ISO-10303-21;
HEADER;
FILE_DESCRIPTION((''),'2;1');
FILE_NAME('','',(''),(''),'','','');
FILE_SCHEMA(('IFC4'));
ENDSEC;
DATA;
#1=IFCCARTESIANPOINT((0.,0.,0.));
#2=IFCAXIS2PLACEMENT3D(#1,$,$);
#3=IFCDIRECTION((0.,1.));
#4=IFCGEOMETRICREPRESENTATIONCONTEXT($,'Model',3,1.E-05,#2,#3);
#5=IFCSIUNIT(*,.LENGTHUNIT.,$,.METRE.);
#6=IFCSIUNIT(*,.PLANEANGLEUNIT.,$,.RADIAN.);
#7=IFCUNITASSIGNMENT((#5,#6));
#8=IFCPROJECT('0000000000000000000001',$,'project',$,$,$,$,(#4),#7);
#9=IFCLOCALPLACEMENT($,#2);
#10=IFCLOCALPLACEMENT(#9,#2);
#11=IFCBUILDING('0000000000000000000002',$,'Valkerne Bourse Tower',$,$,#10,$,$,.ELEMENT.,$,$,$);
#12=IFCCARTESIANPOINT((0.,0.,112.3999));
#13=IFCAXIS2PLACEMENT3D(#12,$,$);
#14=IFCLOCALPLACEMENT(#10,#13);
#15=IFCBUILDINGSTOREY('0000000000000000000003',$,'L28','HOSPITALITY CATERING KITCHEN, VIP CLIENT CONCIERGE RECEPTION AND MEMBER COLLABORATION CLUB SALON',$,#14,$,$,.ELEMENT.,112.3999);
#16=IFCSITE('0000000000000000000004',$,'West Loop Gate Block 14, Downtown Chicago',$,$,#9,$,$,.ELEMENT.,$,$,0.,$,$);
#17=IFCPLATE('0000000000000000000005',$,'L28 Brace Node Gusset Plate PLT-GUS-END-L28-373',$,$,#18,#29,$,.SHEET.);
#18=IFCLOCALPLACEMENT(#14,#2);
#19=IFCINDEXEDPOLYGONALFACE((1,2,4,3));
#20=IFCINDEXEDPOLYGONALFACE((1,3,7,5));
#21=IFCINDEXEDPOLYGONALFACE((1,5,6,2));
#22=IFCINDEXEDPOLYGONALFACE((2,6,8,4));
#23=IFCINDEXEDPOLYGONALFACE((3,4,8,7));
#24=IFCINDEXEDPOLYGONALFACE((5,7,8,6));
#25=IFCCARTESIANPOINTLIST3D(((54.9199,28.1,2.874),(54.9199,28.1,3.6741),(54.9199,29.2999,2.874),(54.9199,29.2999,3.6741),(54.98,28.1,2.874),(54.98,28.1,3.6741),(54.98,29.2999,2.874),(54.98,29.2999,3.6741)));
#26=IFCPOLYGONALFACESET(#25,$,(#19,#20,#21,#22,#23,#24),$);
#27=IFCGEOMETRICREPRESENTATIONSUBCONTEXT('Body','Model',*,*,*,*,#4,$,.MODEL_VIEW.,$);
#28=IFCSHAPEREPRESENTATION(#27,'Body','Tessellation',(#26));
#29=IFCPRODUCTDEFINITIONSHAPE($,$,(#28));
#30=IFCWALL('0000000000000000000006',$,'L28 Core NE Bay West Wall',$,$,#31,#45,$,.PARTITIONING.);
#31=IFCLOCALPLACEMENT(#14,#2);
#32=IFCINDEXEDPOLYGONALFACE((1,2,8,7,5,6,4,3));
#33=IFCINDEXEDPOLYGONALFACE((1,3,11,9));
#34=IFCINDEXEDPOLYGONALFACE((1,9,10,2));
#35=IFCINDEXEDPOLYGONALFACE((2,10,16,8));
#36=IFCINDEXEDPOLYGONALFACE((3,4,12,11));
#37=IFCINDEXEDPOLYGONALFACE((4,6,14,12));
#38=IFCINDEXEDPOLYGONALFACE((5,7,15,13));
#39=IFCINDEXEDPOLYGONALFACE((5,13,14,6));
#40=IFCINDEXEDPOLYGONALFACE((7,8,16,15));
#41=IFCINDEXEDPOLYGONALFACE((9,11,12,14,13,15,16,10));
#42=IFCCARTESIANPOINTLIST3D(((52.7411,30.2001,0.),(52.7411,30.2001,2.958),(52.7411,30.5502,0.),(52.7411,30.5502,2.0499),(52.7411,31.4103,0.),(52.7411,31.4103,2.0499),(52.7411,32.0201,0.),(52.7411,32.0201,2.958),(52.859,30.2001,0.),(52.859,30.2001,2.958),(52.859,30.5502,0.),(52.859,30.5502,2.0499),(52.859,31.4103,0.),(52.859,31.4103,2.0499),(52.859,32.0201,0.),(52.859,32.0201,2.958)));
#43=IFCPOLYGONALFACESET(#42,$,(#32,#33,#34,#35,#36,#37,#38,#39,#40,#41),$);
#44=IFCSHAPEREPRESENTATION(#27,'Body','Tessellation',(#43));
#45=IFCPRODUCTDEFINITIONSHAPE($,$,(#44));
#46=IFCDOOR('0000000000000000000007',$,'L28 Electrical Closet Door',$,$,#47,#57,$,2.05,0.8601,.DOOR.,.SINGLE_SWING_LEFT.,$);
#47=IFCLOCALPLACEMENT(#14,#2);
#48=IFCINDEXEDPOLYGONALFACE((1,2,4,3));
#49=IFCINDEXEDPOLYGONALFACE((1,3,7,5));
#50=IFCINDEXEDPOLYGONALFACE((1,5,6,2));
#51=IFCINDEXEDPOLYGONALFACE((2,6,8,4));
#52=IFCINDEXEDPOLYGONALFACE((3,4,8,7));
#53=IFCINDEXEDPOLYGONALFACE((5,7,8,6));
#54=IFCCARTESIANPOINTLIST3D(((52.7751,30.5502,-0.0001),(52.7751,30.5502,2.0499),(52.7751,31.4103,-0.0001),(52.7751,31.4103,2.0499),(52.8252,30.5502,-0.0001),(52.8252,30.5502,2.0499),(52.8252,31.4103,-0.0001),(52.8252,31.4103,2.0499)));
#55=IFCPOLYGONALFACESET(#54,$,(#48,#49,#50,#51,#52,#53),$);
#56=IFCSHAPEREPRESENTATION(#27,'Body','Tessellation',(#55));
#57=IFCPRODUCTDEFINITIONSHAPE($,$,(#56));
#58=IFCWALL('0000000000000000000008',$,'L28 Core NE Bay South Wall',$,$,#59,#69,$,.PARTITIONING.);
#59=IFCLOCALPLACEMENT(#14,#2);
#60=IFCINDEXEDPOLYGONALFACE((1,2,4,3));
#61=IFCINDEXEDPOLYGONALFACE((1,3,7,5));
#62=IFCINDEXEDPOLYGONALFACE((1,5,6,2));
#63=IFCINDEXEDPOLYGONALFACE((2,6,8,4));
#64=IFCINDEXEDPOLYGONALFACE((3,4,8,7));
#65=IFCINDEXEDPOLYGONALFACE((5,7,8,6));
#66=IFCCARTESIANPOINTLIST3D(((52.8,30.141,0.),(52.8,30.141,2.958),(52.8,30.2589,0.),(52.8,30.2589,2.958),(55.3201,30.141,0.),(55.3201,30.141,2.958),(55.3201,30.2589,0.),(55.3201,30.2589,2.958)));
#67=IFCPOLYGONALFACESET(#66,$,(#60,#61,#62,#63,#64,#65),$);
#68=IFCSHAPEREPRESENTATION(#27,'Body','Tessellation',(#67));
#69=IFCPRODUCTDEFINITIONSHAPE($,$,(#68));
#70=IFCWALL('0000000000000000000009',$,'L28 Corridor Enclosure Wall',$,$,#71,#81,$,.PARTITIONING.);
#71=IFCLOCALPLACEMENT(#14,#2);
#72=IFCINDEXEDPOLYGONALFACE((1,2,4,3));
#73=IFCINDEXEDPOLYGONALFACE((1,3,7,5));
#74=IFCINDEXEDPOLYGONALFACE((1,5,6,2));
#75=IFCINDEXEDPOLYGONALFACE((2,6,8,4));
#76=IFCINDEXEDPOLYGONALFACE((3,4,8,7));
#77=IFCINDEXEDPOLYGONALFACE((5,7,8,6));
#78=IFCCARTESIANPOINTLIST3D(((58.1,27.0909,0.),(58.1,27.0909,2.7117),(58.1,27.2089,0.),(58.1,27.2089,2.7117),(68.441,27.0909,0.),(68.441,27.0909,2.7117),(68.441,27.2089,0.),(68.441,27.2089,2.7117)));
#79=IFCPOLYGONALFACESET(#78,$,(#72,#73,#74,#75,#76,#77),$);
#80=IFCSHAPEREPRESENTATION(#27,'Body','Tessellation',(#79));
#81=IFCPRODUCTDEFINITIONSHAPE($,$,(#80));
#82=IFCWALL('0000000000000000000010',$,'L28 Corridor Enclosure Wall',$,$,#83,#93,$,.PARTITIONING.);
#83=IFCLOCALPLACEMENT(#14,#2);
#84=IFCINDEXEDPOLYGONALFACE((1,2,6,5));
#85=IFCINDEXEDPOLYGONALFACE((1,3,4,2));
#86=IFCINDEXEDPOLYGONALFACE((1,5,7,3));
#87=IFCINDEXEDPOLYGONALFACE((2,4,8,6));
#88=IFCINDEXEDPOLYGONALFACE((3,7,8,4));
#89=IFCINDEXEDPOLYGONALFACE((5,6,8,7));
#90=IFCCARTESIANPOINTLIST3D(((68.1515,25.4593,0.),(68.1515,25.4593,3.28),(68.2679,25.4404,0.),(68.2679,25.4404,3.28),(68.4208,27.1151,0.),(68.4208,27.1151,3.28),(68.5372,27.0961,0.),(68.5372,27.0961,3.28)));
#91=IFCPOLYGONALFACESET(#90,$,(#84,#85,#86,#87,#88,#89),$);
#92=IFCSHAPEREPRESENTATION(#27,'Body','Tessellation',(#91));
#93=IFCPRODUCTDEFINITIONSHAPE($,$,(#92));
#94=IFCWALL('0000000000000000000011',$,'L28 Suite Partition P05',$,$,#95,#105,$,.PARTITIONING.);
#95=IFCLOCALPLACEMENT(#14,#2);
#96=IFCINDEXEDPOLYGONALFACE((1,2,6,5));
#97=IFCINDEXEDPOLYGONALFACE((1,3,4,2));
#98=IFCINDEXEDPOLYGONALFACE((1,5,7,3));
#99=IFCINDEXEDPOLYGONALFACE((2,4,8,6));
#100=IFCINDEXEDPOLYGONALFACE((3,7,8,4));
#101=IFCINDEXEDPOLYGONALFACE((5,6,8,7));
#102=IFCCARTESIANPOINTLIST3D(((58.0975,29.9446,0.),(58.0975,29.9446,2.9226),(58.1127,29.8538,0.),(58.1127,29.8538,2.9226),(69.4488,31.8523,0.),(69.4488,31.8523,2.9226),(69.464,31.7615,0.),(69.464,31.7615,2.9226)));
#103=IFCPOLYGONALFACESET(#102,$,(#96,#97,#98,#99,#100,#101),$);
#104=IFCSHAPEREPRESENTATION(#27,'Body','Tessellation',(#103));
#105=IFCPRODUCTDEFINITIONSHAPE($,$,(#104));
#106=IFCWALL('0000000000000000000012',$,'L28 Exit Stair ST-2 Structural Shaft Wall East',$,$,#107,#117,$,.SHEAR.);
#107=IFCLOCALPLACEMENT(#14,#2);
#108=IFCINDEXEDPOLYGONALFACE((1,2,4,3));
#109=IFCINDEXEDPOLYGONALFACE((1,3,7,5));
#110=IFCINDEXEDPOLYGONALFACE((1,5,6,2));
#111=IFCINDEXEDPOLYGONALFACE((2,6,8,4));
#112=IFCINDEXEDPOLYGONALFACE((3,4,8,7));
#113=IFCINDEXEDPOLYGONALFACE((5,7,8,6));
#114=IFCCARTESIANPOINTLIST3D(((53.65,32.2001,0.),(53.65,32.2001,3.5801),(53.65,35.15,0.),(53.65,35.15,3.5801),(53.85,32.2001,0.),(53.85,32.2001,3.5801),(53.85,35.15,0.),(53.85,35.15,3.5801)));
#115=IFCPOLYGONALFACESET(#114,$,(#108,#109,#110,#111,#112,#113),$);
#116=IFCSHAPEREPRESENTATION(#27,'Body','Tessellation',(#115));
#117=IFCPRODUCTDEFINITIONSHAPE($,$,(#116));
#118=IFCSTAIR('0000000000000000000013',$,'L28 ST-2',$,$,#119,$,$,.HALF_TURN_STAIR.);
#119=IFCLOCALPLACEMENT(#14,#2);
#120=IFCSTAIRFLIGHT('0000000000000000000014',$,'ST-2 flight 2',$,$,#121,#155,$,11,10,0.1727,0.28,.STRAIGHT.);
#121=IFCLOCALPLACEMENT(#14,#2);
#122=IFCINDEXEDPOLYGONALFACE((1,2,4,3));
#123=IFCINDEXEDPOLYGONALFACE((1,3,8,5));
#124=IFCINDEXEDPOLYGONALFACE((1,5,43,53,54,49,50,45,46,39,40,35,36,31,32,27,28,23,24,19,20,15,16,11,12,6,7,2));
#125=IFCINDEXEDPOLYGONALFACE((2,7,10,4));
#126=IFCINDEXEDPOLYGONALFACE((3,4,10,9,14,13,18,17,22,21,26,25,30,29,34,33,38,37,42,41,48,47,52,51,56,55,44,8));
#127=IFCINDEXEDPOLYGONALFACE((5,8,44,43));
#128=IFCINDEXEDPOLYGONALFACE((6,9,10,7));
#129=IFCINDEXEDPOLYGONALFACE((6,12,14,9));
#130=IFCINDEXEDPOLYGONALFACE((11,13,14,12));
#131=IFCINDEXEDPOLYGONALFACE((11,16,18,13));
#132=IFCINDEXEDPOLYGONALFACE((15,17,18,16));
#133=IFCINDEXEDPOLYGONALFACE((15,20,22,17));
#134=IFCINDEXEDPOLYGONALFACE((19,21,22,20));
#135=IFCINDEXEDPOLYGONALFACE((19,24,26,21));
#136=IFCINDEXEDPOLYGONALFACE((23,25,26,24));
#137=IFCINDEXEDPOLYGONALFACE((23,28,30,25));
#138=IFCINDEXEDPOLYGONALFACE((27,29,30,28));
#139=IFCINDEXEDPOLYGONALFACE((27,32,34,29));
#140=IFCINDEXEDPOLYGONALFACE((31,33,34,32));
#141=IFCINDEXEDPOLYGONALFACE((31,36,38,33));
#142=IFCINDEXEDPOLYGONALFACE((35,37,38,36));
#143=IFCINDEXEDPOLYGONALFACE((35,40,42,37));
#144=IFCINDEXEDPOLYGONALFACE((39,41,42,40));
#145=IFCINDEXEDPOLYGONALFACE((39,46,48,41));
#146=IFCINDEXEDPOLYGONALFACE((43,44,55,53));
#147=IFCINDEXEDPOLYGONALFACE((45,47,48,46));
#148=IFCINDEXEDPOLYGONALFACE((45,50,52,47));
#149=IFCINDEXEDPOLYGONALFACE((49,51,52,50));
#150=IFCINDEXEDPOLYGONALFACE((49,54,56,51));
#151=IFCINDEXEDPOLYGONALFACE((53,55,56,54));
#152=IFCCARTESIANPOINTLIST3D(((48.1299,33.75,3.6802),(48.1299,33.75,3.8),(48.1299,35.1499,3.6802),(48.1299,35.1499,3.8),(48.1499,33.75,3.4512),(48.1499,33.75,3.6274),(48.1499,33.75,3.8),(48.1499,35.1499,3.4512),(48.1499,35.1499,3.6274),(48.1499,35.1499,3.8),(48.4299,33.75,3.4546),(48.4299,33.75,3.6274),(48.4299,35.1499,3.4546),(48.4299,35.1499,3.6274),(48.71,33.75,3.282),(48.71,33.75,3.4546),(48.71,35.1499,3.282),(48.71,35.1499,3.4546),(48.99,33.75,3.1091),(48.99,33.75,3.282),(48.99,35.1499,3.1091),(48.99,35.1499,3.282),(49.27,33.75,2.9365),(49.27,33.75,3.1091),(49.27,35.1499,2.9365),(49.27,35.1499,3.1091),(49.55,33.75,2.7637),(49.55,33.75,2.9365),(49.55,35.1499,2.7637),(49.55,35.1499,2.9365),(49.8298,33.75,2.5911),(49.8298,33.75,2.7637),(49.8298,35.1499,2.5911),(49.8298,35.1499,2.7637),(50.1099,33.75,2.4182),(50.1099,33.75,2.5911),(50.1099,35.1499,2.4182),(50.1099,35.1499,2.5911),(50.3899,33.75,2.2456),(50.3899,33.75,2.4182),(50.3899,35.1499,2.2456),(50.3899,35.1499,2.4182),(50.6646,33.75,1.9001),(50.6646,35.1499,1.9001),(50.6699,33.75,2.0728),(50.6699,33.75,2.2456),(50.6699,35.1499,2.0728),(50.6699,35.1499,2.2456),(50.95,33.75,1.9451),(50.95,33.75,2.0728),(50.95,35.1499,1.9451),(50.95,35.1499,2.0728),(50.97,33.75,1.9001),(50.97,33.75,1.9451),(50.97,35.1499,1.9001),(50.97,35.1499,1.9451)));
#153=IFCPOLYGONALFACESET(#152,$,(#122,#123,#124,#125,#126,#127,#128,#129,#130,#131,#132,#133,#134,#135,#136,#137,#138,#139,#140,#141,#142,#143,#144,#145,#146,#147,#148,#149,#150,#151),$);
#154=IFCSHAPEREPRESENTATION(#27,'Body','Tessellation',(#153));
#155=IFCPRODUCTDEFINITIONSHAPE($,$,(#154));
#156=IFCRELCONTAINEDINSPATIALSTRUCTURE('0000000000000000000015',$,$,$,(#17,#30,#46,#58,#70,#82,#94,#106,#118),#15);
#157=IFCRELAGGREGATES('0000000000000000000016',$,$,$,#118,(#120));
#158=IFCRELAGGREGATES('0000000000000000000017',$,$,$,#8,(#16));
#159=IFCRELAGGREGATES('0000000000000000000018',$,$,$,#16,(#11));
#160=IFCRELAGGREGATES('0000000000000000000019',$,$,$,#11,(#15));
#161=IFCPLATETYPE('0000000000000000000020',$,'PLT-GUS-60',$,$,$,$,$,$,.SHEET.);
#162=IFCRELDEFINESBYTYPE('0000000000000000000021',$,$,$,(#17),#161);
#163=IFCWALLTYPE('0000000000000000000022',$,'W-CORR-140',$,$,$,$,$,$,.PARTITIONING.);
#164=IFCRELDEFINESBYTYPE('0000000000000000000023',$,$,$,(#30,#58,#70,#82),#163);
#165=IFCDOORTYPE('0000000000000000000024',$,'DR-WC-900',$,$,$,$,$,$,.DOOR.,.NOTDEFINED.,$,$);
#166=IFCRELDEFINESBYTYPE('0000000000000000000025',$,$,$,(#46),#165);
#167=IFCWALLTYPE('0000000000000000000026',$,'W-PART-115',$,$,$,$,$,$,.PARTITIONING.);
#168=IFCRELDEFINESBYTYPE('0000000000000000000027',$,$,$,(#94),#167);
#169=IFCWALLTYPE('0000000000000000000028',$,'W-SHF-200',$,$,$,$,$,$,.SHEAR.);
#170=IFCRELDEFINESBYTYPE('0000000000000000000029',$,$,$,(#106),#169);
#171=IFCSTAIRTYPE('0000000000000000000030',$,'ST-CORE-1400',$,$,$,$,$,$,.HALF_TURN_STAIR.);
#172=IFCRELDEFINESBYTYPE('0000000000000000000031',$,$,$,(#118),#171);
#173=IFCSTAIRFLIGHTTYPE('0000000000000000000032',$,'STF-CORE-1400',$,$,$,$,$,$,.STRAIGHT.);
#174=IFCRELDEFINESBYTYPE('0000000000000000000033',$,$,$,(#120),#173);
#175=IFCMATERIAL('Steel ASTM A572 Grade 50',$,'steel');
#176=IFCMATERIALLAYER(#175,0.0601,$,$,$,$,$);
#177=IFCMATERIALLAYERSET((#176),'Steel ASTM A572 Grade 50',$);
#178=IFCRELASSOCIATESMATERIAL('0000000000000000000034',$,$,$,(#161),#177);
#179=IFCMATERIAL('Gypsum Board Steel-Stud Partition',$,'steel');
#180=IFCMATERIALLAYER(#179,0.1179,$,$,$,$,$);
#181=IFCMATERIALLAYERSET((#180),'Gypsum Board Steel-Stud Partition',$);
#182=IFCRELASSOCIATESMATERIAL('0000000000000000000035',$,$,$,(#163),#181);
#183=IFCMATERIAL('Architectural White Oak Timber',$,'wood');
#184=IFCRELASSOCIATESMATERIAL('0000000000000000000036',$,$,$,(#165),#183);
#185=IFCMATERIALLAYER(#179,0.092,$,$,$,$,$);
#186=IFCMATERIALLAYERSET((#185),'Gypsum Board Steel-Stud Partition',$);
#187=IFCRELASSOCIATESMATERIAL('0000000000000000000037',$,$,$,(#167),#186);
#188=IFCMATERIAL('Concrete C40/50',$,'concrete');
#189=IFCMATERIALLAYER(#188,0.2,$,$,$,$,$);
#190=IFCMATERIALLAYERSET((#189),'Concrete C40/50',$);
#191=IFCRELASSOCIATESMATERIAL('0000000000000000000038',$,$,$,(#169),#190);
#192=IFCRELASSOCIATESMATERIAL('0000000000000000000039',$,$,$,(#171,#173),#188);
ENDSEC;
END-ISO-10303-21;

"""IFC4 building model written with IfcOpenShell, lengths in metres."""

from ifc_helpers import new_model, si_unit, direction, frame, frame_2d, origin, origin_2d, place, context, subcontext, project, spatial, polyline, rectangle, outline, extrude, material, layer, layer_set, type_object, element, fill, aggregate, save


model = new_model("IFC4")

# Units and contexts
model_context = context("Model", 3, precision=1e-05, world=origin(), true_north=direction((0.0, 1.0)))
body_context = subcontext(model_context, "Body", "Model", "MODEL_VIEW")
ifc_project = project(units=[si_unit("LENGTHUNIT", "METRE"), si_unit("PLANEANGLEUNIT", "RADIAN")], contexts=[model_context])

# Site, building, storey
site_placement = place(None, origin())
site = spatial("IfcSite", under=ifc_project, at=site_placement, Name="West Loop Gate Block 14, Downtown Chicago", CompositionType="ELEMENT", RefElevation=0.0)
building_placement = place(site_placement, origin())
building = spatial("IfcBuilding", under=site, at=building_placement, Name="Valkerne Bourse Tower", CompositionType="ELEMENT")
storey_placement = place(building_placement, frame((0.0, 0.0, 112.3999)))
storey = spatial("IfcBuildingStorey", under=building, at=storey_placement, Name="L28", Description="HOSPITALITY CATERING KITCHEN, VIP CLIENT CONCIERGE RECEPTION AND MEMBER COLLABORATION CLUB SALON", CompositionType="ELEMENT", Elevation=112.3999)

# Plate
ifc_material_1 = material(Name="Steel ASTM A572 Grade 50", Category="steel")
ifc_layer_1 = layer(ifc_material_1, 0.0601)
ifc_layer_set_1 = layer_set([ifc_layer_1], Name="Steel ASTM A572 Grade 50")
plate_type_1 = type_object("IfcPlateType", Name="PLT-GUS-60", PredefinedType="SHEET", material=ifc_layer_set_1)
plate_1_placement = place(storey_placement, frame((54.95, 28.7, 2.874), z_axis=(0.0, 0.0, 1.0), x_axis=(0.0, 1.0, 0.0)))
element("IfcPlate", 1, at=plate_1_placement, inside=storey, type_object=plate_type_1, Name="L28 Brace Node Gusset Plate PLT-GUS-END-L28-373", PredefinedType="SHEET", context=body_context, shape_type="SweptSolid", body=[
    extrude(rectangle(XDim=1.2, YDim=0.0601, at=origin_2d()), origin(), (0.0, 0.0, 1.0), 0.8),
])

# Wall, opening, door
ifc_material_2 = material(Name="Gypsum Board Steel-Stud Partition", Category="steel")
ifc_layer_2 = layer(ifc_material_2, 0.1179)
ifc_layer_set_2 = layer_set([ifc_layer_2], Name="Gypsum Board Steel-Stud Partition")
wall_type_1 = type_object("IfcWallType", Name="W-CORR-140", PredefinedType="PARTITIONING", material=ifc_layer_set_2)
wall_1_placement = place(storey_placement, frame((52.8, 30.2, 0.0), z_axis=(0.0, 0.0, 1.0), x_axis=(0.0, 1.0, 0.0)))
wall_1 = element("IfcWall", 2, at=wall_1_placement, inside=storey, type_object=wall_type_1, Name="L28 Core NE Bay West Wall", PredefinedType="PARTITIONING", context=body_context, shape_type="SweptSolid", body=[
    extrude(rectangle(XDim=1.8201, YDim=0.1179, at=frame_2d((0.9102, 0.0))), origin(), (0.0, 0.0, 1.0), 2.958),
])
opening_placement = place(wall_1_placement, frame((0.3501, 0.0, 0.0)))
opening = element("IfcOpeningElement", 3, at=opening_placement, cuts=wall_1, PredefinedType="OPENING", context=body_context, shape_type="SweptSolid", body=[
    extrude(rectangle(XDim=0.8601, YDim=2.05, at=frame_2d((0.4302, 1.0249))), frame((0.0, 0.0688, 0.0), z_axis=(0.0, -1.0, 0.0), x_axis=(1.0, 0.0, 0.0)), (0.0, 0.0, 1.0), 0.1379),
])
ifc_material_3 = material(Name="Architectural White Oak Timber", Category="wood")
door_type = type_object("IfcDoorType", Name="DR-WC-900", OperationType="NOTDEFINED", PredefinedType="DOOR", material=ifc_material_3)
door_placement = place(opening_placement, origin())
door = element("IfcDoor", 4, at=door_placement, inside=storey, type_object=door_type, Name="L28 Electrical Closet Door", OperationType="SINGLE_SWING_LEFT", OverallHeight=2.05, OverallWidth=0.8601, PredefinedType="DOOR", context=body_context, shape_type="SweptSolid", body=[
    extrude(rectangle(XDim=0.8601, YDim=2.05, at=frame_2d((0.4302, 1.0249))), frame((0.0, 0.0249, 0.0), z_axis=(0.0, -1.0, 0.0), x_axis=(1.0, 0.0, 0.0)), (0.0, 0.0, 1.0), 0.05),
])
fill(opening, door)

# Walls
wall_2_placement = place(storey_placement, frame((52.8, 30.2, 0.0), z_axis=(0.0, 0.0, 1.0), x_axis=(1.0, 0.0, 0.0)))
element("IfcWall", 5, at=wall_2_placement, inside=storey, type_object=wall_type_1, Name="L28 Core NE Bay South Wall", PredefinedType="PARTITIONING", context=body_context, shape_type="SweptSolid", body=[
    extrude(rectangle(XDim=2.52, YDim=0.1179, at=frame_2d((1.26, 0.0))), origin(), (0.0, 0.0, 1.0), 2.958),
])
wall_3_placement = place(storey_placement, frame((58.1001, 27.1499, 0.0), z_axis=(0.0, 0.0, 1.0), x_axis=(1.0, 0.0, 0.0)))
element("IfcWall", 6, at=wall_3_placement, inside=storey, type_object=wall_type_1, Name="L28 Corridor Enclosure Wall", PredefinedType="PARTITIONING", context=body_context, shape_type="SweptSolid", body=[
    extrude(rectangle(XDim=10.3411, YDim=0.1179, at=frame_2d((5.1704, 0.0))), origin(), (0.0, 0.0, 1.0), 2.7117),
])
wall_4_placement = place(storey_placement, frame((68.479, 27.1057, 0.0), z_axis=(0.0, 0.0, 1.0), x_axis=(-0.160527, -0.987031, 0.0)))
element("IfcWall", 7, at=wall_4_placement, inside=storey, type_object=wall_type_1, Name="L28 Corridor Enclosure Wall", PredefinedType="PARTITIONING", context=body_context, shape_type="SweptSolid", body=[
    extrude(rectangle(XDim=1.6775, YDim=0.1179, at=frame_2d((0.8389, 0.0))), origin(), (0.0, 0.0, 1.0), 3.28),
])
ifc_layer_3 = layer(ifc_material_2, 0.092)
ifc_layer_set_3 = layer_set([ifc_layer_3], Name="Gypsum Board Steel-Stud Partition")
wall_type_2 = type_object("IfcWallType", Name="W-PART-115", PredefinedType="PARTITIONING", material=ifc_layer_set_3)
wall_5_placement = place(storey_placement, frame((58.105, 29.8992, 0.0), z_axis=(0.0, 0.0, 1.0), x_axis=(0.98617, 0.165737, 0.0)))
element("IfcWall", 8, at=wall_5_placement, inside=storey, type_object=wall_type_2, Name="L28 Suite Partition P05", PredefinedType="PARTITIONING", context=body_context, shape_type="SweptSolid", body=[
    extrude(rectangle(XDim=11.5105, YDim=0.092, at=frame_2d((5.7554, 0.0))), origin(), (0.0, 0.0, 1.0), 2.9226),
])
ifc_material_4 = material(Name="Concrete C40/50", Category="concrete")
ifc_layer_4 = layer(ifc_material_4, 0.2)
ifc_layer_set_4 = layer_set([ifc_layer_4], Name="Concrete C40/50")
wall_type_3 = type_object("IfcWallType", Name="W-SHF-200", PredefinedType="SHEAR", material=ifc_layer_set_4)
wall_6_placement = place(storey_placement, frame((53.75, 32.2, 0.0), z_axis=(0.0, 0.0, 1.0), x_axis=(0.0, 1.0, 0.0)))
element("IfcWall", 9, at=wall_6_placement, inside=storey, type_object=wall_type_3, Name="L28 Exit Stair ST-2 Structural Shaft Wall East", PredefinedType="SHEAR", context=body_context, shape_type="SweptSolid", body=[
    extrude(rectangle(XDim=2.95, YDim=0.2, at=frame_2d((1.4751, 0.0))), origin(), (0.0, 0.0, 1.0), 3.5801),
])

# Stair, stair flight
stair_type = type_object("IfcStairType", Name="ST-CORE-1400", PredefinedType="HALF_TURN_STAIR", material=ifc_material_4)
stair_placement = place(storey_placement, origin())
stair = element("IfcStair", 10, at=stair_placement, inside=storey, type_object=stair_type, Name="L28 ST-2", PredefinedType="HALF_TURN_STAIR")
stair_flight_type = type_object("IfcStairFlightType", Name="STF-CORE-1400", PredefinedType="STRAIGHT", material=ifc_material_4)
stair_flight_placement = place(storey_placement, frame((50.95, 34.45, 1.9001), z_axis=(0.0, 0.0, 1.0), x_axis=(-1.0, 0.0, 0.0)))
stair_flight = element("IfcStairFlight", 11, at=stair_flight_placement, type_object=stair_flight_type, Name="ST-2 flight 2", NumberOfRisers=11, NumberOfTreads=10, PredefinedType="STRAIGHT", RiserHeight=0.1727, TreadLength=0.28, context=body_context, shape_type="SweptSolid", body=[
    extrude(outline(polyline([(-0.02, 0.0), (-0.02, 0.0449), (0.0, 0.0449), (0.0, 0.1726), (0.28, 0.1726), (0.28, 0.3455), (0.5601, 0.3455), (0.5601, 0.5181), (0.8401, 0.5181), (0.8401, 0.6909), (1.1201, 0.6909), (1.1201, 0.8635), (1.3999, 0.8635), (1.3999, 1.0364), (1.6799, 1.0364), (1.6799, 1.209), (1.96, 1.209), (1.96, 1.3818), (2.24, 1.3818), (2.24, 1.5544), (2.52, 1.5544), (2.52, 1.7273), (2.8, 1.7273), (2.8, 1.8999), (2.8201, 1.8999), (2.8201, 1.78), (2.8, 1.551), (0.2854, 0.0), (-0.02, 0.0)])), frame((0.0, 0.7, 0.0), z_axis=(0.0, -1.0, 0.0), x_axis=(1.0, 0.0, 0.0)), (0.0, 0.0, 1.0), 1.3999),
])
aggregate(stair, [stair_flight])

save(model, "model.ifc")
